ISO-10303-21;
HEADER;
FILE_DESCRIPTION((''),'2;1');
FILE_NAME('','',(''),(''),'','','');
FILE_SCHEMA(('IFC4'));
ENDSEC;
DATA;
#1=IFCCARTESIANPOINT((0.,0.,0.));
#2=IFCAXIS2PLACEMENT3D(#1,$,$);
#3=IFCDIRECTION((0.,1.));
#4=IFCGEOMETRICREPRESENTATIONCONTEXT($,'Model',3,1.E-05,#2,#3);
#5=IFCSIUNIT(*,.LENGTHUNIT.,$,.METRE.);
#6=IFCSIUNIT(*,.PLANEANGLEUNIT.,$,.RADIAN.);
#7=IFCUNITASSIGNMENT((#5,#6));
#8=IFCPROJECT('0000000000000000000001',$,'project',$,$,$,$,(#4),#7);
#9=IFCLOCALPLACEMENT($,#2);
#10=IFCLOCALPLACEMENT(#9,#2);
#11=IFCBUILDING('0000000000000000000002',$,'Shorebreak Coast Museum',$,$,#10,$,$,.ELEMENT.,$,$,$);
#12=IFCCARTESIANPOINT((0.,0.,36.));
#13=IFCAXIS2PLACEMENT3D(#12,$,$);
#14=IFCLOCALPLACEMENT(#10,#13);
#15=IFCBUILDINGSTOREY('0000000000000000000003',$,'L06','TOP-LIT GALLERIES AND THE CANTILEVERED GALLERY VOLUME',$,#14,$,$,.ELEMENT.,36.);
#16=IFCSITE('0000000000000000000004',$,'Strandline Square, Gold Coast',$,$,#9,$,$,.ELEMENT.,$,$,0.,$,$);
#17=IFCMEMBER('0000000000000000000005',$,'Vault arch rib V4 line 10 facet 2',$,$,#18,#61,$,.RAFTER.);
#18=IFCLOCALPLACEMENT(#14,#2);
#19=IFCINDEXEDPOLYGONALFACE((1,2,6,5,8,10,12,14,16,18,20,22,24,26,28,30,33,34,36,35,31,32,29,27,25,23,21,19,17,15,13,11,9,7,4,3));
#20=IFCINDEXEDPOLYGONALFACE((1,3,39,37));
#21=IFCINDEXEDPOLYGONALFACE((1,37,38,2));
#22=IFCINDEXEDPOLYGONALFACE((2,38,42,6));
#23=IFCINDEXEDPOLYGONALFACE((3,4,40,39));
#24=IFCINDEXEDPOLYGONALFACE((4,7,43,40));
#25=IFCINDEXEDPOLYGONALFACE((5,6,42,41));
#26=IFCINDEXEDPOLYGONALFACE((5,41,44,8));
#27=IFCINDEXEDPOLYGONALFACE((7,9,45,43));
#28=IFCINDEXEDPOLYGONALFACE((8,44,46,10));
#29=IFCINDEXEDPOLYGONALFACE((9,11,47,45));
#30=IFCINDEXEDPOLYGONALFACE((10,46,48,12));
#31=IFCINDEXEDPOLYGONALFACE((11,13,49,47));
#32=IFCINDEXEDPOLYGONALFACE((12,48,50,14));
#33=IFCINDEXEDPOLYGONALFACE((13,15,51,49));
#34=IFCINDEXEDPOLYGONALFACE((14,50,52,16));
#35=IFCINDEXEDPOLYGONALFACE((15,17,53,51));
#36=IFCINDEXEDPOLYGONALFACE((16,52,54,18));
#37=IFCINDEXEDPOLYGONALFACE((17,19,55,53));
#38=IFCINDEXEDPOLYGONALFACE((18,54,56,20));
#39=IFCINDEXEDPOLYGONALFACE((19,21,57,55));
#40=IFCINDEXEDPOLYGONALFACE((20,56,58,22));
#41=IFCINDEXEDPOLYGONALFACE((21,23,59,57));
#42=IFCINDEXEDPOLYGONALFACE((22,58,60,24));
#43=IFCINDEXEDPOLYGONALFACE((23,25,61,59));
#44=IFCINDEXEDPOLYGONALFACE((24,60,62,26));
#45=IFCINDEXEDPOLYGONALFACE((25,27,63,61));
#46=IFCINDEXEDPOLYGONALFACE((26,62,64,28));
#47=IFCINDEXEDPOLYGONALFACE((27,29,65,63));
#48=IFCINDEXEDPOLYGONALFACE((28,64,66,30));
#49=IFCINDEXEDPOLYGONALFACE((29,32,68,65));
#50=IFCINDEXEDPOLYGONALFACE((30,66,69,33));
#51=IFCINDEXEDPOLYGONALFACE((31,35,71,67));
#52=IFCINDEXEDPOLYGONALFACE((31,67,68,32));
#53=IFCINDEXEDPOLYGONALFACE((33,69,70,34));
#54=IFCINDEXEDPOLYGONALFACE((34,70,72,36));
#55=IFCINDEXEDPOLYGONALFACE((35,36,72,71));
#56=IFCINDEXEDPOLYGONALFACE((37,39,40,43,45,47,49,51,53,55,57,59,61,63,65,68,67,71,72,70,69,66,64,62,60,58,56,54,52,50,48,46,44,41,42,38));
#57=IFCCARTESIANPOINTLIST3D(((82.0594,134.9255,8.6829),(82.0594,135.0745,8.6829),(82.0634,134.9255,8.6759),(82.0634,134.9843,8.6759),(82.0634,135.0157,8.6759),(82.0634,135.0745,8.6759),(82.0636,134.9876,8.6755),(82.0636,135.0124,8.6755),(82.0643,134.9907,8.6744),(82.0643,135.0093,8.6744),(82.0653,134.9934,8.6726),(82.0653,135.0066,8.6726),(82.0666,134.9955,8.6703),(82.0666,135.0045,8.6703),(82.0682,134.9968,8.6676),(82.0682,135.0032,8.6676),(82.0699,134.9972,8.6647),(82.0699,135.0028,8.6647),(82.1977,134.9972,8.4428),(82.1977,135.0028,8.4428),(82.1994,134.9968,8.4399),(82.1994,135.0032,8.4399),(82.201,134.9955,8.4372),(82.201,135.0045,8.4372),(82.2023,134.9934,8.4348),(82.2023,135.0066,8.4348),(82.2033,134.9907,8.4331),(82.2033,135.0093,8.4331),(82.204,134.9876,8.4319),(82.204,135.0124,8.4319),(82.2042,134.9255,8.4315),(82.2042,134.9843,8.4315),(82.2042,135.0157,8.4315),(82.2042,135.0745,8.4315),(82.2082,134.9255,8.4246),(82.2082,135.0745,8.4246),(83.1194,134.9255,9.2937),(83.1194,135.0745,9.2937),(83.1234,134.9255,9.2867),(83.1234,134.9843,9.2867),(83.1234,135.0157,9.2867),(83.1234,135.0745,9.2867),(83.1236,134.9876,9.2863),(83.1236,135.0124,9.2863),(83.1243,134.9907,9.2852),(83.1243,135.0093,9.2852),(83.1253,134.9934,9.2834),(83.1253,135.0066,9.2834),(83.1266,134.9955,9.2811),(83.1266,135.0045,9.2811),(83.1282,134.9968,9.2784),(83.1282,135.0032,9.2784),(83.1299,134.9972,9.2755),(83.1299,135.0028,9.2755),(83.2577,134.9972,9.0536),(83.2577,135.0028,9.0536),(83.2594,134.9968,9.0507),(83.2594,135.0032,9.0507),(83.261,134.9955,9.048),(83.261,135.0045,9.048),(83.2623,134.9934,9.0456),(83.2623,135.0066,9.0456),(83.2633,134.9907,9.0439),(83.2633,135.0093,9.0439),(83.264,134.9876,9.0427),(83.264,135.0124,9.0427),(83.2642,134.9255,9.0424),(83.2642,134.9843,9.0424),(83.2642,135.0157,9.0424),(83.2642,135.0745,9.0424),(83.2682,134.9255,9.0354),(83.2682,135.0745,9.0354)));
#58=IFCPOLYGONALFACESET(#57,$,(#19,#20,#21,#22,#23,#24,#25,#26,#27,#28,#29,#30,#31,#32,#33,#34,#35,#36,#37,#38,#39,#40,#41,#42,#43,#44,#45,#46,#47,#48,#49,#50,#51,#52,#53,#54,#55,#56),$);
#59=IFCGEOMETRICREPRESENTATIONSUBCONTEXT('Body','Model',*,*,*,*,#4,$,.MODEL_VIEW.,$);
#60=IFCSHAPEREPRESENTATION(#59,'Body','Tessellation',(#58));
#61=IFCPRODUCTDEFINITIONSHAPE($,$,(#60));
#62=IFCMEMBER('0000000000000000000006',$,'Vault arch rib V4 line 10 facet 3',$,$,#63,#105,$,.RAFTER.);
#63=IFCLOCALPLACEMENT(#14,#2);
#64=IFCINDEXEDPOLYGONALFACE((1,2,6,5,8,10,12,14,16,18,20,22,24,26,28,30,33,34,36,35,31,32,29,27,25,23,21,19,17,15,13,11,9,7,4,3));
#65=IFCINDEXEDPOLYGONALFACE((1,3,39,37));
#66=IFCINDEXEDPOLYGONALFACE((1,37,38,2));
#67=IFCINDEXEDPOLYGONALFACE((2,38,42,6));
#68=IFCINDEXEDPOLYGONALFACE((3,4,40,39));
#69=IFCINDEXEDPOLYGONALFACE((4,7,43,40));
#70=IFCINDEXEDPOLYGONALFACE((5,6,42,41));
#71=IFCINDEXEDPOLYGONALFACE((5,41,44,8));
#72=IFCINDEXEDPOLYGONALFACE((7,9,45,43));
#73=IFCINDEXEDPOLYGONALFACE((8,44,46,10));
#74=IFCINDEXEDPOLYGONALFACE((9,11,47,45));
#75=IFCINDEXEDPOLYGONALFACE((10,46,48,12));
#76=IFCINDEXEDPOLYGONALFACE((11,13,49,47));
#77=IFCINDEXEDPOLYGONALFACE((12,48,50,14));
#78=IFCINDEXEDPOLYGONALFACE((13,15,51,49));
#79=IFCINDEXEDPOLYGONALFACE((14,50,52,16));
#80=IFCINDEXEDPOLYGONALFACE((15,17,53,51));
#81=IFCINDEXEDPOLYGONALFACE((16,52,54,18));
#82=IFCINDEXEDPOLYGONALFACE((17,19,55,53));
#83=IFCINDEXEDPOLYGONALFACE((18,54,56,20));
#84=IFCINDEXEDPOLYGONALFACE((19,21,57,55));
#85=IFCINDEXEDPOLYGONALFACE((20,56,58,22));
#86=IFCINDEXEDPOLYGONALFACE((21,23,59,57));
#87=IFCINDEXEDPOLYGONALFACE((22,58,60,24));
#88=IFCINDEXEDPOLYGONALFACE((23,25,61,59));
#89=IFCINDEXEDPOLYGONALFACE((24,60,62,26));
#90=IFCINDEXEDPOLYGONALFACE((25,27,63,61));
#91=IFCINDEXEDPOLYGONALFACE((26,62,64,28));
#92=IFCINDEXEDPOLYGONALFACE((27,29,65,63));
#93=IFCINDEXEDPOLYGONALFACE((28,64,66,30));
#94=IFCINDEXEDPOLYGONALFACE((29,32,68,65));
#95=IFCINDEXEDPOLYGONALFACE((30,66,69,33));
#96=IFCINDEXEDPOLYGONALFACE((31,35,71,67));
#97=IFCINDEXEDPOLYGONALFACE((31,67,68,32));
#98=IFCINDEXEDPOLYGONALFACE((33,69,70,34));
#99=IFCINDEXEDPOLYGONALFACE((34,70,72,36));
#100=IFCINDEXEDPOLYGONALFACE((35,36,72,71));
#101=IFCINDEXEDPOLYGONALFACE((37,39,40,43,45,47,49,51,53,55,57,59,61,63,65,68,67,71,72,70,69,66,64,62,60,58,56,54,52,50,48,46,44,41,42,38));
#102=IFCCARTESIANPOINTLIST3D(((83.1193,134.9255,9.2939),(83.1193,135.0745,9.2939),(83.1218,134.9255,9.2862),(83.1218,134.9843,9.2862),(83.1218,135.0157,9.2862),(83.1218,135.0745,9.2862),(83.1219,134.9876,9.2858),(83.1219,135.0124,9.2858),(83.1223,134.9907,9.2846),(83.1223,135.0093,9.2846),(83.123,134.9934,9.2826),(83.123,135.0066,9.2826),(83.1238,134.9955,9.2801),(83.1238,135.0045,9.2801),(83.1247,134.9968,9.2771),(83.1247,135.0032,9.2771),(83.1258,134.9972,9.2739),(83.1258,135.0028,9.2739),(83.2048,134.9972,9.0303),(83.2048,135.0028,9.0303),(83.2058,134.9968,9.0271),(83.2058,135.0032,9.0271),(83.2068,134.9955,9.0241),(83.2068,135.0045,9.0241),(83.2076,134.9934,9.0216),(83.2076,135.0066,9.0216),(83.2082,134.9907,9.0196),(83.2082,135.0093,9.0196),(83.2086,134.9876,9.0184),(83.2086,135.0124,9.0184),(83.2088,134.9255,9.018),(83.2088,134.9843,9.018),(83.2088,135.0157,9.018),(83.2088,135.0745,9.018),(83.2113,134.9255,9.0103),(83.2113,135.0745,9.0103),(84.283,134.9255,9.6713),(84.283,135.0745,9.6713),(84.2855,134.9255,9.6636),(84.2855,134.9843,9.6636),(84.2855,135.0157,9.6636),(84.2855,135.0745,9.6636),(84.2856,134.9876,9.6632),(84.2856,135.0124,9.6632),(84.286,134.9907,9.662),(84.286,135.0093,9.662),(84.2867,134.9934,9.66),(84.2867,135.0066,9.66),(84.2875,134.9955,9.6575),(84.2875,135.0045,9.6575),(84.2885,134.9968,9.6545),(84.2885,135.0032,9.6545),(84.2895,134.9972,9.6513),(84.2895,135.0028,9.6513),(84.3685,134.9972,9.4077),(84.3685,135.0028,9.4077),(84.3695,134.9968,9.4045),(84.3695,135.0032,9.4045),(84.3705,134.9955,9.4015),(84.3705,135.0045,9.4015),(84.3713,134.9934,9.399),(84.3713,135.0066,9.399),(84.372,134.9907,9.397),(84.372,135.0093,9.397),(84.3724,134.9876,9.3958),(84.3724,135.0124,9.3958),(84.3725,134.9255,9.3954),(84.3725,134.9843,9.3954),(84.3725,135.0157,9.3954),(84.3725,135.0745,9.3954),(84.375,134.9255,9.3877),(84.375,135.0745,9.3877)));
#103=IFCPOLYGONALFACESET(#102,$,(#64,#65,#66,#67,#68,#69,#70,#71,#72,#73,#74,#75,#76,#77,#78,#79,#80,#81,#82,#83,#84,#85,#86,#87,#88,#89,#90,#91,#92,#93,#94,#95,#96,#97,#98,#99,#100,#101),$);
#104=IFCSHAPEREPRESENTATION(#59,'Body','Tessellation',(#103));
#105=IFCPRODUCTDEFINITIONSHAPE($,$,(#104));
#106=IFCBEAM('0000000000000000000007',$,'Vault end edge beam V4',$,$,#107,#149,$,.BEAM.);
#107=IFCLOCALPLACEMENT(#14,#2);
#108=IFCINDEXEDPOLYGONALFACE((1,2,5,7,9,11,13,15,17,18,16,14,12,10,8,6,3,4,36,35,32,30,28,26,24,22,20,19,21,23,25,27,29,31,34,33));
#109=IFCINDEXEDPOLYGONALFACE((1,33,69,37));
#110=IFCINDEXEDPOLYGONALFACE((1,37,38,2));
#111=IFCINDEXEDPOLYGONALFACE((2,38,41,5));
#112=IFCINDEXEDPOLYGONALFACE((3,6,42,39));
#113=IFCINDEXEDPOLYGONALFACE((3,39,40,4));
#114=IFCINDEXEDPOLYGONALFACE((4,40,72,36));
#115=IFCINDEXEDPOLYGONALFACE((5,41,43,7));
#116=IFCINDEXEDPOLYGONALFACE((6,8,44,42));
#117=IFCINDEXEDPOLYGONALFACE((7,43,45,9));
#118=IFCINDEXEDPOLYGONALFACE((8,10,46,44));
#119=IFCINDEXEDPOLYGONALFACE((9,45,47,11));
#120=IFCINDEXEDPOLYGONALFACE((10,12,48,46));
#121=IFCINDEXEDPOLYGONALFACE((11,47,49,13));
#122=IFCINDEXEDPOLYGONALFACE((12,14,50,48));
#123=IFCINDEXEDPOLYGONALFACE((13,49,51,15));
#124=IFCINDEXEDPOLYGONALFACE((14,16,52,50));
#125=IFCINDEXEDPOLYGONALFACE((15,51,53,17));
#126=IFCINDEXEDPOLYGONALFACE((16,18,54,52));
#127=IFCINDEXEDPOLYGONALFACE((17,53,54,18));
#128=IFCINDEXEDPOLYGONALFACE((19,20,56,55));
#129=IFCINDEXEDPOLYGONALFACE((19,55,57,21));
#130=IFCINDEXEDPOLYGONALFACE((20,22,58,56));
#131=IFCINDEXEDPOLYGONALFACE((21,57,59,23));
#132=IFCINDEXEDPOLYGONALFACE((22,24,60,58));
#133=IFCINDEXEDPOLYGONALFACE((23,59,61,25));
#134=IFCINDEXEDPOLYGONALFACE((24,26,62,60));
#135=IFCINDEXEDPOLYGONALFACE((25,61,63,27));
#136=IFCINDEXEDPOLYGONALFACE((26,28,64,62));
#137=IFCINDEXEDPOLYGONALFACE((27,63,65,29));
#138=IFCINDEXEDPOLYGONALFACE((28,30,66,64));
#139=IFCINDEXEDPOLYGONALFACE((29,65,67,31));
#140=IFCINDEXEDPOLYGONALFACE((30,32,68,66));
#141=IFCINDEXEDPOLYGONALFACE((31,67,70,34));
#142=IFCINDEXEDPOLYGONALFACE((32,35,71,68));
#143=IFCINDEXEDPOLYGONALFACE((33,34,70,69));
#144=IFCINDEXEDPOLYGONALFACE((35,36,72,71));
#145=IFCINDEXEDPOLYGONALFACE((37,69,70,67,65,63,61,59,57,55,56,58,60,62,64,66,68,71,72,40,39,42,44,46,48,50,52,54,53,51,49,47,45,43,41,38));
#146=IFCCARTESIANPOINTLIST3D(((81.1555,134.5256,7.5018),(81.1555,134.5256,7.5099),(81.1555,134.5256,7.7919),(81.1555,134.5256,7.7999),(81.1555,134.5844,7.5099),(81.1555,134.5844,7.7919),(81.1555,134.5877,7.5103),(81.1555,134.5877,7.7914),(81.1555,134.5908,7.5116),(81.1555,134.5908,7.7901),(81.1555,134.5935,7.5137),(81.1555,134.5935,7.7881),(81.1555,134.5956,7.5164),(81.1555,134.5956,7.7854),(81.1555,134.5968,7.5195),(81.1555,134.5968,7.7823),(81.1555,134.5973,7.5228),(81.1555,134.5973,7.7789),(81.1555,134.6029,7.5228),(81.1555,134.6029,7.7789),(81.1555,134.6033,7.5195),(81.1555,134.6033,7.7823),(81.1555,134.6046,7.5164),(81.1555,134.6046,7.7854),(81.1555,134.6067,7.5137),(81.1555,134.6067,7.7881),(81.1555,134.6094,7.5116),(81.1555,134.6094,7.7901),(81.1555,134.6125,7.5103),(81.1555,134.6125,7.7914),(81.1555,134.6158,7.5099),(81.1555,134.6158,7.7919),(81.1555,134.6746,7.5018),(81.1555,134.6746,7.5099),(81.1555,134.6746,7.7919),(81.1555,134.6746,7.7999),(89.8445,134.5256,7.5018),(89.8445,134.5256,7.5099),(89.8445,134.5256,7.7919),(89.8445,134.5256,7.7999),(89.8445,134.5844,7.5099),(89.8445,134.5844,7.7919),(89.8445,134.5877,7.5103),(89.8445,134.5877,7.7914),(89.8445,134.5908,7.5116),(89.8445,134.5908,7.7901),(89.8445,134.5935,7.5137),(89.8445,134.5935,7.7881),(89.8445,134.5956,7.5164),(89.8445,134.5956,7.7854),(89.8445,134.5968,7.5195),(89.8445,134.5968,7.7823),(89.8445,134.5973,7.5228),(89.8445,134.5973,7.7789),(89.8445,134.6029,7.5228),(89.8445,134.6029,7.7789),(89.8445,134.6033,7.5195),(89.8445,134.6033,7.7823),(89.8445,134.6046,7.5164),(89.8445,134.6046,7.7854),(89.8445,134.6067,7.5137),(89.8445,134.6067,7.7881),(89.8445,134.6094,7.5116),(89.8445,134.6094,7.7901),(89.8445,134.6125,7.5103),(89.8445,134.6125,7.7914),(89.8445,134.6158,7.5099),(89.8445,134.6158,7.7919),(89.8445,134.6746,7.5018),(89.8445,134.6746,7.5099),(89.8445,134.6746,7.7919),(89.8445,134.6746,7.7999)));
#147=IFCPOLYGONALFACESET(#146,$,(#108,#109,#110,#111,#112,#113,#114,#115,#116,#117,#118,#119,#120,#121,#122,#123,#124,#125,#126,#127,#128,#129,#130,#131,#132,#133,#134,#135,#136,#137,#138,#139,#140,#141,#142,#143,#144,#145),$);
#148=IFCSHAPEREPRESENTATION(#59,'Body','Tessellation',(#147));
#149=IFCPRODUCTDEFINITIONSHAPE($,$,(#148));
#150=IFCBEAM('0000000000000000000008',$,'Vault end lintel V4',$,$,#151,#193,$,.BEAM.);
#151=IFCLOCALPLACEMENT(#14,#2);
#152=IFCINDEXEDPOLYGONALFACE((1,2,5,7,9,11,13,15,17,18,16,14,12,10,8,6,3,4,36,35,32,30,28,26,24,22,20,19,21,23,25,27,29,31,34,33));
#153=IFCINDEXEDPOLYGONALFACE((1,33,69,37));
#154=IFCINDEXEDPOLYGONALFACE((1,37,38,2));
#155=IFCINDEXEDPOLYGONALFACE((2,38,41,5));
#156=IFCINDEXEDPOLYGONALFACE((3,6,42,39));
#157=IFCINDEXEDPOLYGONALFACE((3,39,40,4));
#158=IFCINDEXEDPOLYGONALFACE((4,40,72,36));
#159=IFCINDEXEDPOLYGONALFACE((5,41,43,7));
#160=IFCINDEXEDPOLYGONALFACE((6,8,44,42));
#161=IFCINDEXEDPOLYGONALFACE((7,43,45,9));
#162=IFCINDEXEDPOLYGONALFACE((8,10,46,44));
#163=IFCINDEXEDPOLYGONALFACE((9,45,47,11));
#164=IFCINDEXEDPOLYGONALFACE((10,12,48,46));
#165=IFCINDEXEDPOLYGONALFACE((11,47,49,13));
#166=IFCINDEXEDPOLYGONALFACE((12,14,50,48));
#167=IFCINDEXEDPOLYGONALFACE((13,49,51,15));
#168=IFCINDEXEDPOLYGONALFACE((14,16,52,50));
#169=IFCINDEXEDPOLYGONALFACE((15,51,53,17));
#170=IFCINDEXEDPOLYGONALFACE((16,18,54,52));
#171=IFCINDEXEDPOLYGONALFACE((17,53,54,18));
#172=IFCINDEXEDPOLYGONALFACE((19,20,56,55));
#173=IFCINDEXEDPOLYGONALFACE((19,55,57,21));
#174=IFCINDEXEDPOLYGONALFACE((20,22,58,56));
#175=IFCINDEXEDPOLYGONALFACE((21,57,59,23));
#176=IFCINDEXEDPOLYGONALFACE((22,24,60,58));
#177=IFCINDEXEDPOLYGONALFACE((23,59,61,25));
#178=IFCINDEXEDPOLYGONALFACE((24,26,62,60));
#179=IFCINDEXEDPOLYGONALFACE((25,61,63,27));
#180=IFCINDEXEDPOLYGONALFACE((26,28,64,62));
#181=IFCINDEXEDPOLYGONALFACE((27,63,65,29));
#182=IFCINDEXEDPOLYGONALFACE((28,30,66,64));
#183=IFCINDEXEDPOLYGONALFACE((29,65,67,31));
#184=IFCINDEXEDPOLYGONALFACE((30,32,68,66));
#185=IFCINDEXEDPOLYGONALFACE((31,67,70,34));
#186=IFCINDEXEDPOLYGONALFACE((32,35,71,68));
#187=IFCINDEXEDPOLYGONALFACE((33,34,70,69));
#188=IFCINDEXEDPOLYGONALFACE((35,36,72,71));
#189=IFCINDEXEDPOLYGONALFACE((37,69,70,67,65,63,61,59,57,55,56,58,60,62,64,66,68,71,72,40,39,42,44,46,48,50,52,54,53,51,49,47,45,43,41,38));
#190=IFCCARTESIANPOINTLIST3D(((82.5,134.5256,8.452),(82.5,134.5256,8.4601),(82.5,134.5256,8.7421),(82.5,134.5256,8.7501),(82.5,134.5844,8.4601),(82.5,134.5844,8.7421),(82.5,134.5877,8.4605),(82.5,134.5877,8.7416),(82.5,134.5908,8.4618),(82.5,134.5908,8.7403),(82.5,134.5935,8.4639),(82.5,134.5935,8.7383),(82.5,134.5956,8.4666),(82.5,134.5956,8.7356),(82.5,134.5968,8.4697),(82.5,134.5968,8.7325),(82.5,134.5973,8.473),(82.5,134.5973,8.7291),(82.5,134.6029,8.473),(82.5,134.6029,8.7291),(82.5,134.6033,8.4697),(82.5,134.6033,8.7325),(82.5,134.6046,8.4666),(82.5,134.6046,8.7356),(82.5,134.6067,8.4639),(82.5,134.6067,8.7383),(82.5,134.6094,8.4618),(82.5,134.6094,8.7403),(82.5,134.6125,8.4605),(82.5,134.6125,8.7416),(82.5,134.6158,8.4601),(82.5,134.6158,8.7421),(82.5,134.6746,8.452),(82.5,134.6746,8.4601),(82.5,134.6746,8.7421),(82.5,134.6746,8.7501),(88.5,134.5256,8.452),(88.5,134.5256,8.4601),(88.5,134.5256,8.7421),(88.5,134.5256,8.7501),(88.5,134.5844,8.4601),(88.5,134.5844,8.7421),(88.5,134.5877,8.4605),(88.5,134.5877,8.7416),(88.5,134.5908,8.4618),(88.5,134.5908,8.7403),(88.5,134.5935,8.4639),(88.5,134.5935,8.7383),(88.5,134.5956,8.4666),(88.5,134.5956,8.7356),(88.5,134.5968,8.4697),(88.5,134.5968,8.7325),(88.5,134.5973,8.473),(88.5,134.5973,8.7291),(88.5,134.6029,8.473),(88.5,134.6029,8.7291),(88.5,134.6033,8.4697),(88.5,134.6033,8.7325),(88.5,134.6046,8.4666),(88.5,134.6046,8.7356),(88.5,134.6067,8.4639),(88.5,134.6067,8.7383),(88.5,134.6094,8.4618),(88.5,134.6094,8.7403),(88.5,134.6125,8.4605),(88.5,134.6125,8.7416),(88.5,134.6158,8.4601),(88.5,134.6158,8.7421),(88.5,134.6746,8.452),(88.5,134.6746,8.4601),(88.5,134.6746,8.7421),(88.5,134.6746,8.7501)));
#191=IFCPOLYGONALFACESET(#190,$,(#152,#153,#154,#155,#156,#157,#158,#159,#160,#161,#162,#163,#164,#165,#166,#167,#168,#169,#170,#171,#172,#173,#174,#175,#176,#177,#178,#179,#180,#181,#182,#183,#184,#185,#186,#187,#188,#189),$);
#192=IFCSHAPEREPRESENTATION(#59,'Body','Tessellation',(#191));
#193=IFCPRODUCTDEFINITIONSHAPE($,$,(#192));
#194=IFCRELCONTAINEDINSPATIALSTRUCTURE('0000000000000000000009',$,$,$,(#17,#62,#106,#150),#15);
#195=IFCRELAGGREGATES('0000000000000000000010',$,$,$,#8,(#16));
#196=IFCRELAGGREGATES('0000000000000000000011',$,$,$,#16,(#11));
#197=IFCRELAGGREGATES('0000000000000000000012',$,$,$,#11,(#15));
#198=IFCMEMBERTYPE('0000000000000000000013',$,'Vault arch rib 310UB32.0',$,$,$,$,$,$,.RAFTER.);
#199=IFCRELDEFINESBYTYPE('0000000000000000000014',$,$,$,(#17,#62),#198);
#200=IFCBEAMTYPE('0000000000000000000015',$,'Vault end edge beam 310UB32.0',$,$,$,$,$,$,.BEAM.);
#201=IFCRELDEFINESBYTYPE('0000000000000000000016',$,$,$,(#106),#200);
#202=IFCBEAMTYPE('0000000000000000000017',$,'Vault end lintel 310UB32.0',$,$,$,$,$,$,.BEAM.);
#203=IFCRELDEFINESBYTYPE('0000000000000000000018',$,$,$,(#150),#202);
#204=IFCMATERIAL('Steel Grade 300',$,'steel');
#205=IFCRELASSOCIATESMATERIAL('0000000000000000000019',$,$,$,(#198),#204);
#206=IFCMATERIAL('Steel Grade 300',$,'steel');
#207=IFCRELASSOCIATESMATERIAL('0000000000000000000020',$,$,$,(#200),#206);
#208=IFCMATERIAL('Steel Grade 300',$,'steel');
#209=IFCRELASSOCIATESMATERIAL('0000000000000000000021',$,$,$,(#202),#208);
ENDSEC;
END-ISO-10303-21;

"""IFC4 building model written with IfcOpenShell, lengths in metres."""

from ifc_helpers import new_model, si_unit, direction, frame, origin, origin_2d, place, context, subcontext, project, spatial, i_section, extrude, material, material_profile, profile_set, type_object, element, save


model = new_model("IFC4")

# Units and contexts
model_context = context("Model", 3, precision=1e-05, world=origin(), true_north=direction((0.0, 1.0)))
body_context = subcontext(model_context, "Body", "Model", "MODEL_VIEW")
ifc_project = project(units=[si_unit("LENGTHUNIT", "METRE"), si_unit("PLANEANGLEUNIT", "RADIAN")], contexts=[model_context])

# Site, building, storey
site_placement = place(None, origin())
site = spatial("IfcSite", under=ifc_project, at=site_placement, Name="Strandline Square, Gold Coast", CompositionType="ELEMENT", RefElevation=0.0)
building_placement = place(site_placement, origin())
building = spatial("IfcBuilding", under=site, at=building_placement, Name="Shorebreak Coast Museum", CompositionType="ELEMENT")
storey_placement = place(building_placement, frame((0.0, 0.0, 36.0)))
storey = spatial("IfcBuildingStorey", under=building, at=storey_placement, Name="L06", Description="TOP-LIT GALLERIES AND THE CANTILEVERED GALLERY VOLUME", CompositionType="ELEMENT", Elevation=36.0)

# Members
ifc_material_1 = material(Name="Steel Grade 300", Category="steel")
ifc_material_profile_1 = material_profile(ifc_material_1, i_section(OverallWidth=0.1489, OverallDepth=0.2981, WebThickness=0.0056, FlangeThickness=0.0081, FilletRadius=0.0129, at=origin_2d()), Name="310UB32.0")
ifc_profile_set_1 = profile_set([ifc_material_profile_1], Name="Steel Grade 300")
member_type_1 = type_object("IfcMemberType", Name="Vault arch rib 310UB32.0", PredefinedType="RAFTER", material=ifc_profile_set_1)
for number, where, z_axis, x_axis, name in (
    (1, (82.1338, 135.0, 8.5537), (0.866445, 0.0, 0.499273), (0.0, 1.0, 0.0), "Vault arch rib V4 line 10 facet 2"),
    (2, (83.1653, 135.0, 9.1521), (0.951226, 0.0, 0.308495), (0.0, 1.0, 0.0), "Vault arch rib V4 line 10 facet 3"),
):
    element("IfcMember", number, at=place(storey_placement, frame(where, z_axis=z_axis, x_axis=x_axis)), inside=storey, type_object=member_type_1, Name=name, PredefinedType="RAFTER", context=body_context, shape_type="SweptSolid", body=[
        extrude(i_section(OverallWidth=0.1489, OverallDepth=0.2981, WebThickness=0.0056, FlangeThickness=0.0081, FilletRadius=0.0129, at=origin_2d()), origin(), (0.0, 0.0, 1.0), 1.2234),
    ])

# Beams
ifc_material_2 = material(Name="Steel Grade 300", Category="steel")
ifc_material_profile_2 = material_profile(ifc_material_2, i_section(OverallWidth=0.1489, OverallDepth=0.2981, WebThickness=0.0056, FlangeThickness=0.0081, FilletRadius=0.0129, at=origin_2d()), Name="310UB32.0")
ifc_profile_set_2 = profile_set([ifc_material_profile_2], Name="Steel Grade 300")
beam_type_1 = type_object("IfcBeamType", Name="Vault end edge beam 310UB32.0", PredefinedType="BEAM", material=ifc_profile_set_2)
beam_1_placement = place(storey_placement, frame((81.1555, 134.6001, 7.6509), z_axis=(1.0, 0.0, 0.0), x_axis=(0.0, 1.0, 0.0)))
element("IfcBeam", 3, at=beam_1_placement, inside=storey, type_object=beam_type_1, Name="Vault end edge beam V4", PredefinedType="BEAM", context=body_context, shape_type="SweptSolid", body=[
    extrude(i_section(OverallWidth=0.1489, OverallDepth=0.2981, WebThickness=0.0056, FlangeThickness=0.0081, FilletRadius=0.0129, at=origin_2d()), origin(), (0.0, 0.0, 1.0), 8.689),
])
ifc_material_3 = material(Name="Steel Grade 300", Category="steel")
ifc_material_profile_3 = material_profile(ifc_material_3, i_section(OverallWidth=0.1489, OverallDepth=0.2981, WebThickness=0.0056, FlangeThickness=0.0081, FilletRadius=0.0129, at=origin_2d()), Name="310UB32.0")
ifc_profile_set_3 = profile_set([ifc_material_profile_3], Name="Steel Grade 300")
beam_type_2 = type_object("IfcBeamType", Name="Vault end lintel 310UB32.0", PredefinedType="BEAM", material=ifc_profile_set_3)
beam_2_placement = place(storey_placement, frame((82.5, 134.6001, 8.6011), z_axis=(1.0, 0.0, 0.0), x_axis=(0.0, 1.0, 0.0)))
element("IfcBeam", 4, at=beam_2_placement, inside=storey, type_object=beam_type_2, Name="Vault end lintel V4", PredefinedType="BEAM", context=body_context, shape_type="SweptSolid", body=[
    extrude(i_section(OverallWidth=0.1489, OverallDepth=0.2981, WebThickness=0.0056, FlangeThickness=0.0081, FilletRadius=0.0129, at=origin_2d()), origin(), (0.0, 0.0, 1.0), 6.0),
])

save(model, "model.ifc")
